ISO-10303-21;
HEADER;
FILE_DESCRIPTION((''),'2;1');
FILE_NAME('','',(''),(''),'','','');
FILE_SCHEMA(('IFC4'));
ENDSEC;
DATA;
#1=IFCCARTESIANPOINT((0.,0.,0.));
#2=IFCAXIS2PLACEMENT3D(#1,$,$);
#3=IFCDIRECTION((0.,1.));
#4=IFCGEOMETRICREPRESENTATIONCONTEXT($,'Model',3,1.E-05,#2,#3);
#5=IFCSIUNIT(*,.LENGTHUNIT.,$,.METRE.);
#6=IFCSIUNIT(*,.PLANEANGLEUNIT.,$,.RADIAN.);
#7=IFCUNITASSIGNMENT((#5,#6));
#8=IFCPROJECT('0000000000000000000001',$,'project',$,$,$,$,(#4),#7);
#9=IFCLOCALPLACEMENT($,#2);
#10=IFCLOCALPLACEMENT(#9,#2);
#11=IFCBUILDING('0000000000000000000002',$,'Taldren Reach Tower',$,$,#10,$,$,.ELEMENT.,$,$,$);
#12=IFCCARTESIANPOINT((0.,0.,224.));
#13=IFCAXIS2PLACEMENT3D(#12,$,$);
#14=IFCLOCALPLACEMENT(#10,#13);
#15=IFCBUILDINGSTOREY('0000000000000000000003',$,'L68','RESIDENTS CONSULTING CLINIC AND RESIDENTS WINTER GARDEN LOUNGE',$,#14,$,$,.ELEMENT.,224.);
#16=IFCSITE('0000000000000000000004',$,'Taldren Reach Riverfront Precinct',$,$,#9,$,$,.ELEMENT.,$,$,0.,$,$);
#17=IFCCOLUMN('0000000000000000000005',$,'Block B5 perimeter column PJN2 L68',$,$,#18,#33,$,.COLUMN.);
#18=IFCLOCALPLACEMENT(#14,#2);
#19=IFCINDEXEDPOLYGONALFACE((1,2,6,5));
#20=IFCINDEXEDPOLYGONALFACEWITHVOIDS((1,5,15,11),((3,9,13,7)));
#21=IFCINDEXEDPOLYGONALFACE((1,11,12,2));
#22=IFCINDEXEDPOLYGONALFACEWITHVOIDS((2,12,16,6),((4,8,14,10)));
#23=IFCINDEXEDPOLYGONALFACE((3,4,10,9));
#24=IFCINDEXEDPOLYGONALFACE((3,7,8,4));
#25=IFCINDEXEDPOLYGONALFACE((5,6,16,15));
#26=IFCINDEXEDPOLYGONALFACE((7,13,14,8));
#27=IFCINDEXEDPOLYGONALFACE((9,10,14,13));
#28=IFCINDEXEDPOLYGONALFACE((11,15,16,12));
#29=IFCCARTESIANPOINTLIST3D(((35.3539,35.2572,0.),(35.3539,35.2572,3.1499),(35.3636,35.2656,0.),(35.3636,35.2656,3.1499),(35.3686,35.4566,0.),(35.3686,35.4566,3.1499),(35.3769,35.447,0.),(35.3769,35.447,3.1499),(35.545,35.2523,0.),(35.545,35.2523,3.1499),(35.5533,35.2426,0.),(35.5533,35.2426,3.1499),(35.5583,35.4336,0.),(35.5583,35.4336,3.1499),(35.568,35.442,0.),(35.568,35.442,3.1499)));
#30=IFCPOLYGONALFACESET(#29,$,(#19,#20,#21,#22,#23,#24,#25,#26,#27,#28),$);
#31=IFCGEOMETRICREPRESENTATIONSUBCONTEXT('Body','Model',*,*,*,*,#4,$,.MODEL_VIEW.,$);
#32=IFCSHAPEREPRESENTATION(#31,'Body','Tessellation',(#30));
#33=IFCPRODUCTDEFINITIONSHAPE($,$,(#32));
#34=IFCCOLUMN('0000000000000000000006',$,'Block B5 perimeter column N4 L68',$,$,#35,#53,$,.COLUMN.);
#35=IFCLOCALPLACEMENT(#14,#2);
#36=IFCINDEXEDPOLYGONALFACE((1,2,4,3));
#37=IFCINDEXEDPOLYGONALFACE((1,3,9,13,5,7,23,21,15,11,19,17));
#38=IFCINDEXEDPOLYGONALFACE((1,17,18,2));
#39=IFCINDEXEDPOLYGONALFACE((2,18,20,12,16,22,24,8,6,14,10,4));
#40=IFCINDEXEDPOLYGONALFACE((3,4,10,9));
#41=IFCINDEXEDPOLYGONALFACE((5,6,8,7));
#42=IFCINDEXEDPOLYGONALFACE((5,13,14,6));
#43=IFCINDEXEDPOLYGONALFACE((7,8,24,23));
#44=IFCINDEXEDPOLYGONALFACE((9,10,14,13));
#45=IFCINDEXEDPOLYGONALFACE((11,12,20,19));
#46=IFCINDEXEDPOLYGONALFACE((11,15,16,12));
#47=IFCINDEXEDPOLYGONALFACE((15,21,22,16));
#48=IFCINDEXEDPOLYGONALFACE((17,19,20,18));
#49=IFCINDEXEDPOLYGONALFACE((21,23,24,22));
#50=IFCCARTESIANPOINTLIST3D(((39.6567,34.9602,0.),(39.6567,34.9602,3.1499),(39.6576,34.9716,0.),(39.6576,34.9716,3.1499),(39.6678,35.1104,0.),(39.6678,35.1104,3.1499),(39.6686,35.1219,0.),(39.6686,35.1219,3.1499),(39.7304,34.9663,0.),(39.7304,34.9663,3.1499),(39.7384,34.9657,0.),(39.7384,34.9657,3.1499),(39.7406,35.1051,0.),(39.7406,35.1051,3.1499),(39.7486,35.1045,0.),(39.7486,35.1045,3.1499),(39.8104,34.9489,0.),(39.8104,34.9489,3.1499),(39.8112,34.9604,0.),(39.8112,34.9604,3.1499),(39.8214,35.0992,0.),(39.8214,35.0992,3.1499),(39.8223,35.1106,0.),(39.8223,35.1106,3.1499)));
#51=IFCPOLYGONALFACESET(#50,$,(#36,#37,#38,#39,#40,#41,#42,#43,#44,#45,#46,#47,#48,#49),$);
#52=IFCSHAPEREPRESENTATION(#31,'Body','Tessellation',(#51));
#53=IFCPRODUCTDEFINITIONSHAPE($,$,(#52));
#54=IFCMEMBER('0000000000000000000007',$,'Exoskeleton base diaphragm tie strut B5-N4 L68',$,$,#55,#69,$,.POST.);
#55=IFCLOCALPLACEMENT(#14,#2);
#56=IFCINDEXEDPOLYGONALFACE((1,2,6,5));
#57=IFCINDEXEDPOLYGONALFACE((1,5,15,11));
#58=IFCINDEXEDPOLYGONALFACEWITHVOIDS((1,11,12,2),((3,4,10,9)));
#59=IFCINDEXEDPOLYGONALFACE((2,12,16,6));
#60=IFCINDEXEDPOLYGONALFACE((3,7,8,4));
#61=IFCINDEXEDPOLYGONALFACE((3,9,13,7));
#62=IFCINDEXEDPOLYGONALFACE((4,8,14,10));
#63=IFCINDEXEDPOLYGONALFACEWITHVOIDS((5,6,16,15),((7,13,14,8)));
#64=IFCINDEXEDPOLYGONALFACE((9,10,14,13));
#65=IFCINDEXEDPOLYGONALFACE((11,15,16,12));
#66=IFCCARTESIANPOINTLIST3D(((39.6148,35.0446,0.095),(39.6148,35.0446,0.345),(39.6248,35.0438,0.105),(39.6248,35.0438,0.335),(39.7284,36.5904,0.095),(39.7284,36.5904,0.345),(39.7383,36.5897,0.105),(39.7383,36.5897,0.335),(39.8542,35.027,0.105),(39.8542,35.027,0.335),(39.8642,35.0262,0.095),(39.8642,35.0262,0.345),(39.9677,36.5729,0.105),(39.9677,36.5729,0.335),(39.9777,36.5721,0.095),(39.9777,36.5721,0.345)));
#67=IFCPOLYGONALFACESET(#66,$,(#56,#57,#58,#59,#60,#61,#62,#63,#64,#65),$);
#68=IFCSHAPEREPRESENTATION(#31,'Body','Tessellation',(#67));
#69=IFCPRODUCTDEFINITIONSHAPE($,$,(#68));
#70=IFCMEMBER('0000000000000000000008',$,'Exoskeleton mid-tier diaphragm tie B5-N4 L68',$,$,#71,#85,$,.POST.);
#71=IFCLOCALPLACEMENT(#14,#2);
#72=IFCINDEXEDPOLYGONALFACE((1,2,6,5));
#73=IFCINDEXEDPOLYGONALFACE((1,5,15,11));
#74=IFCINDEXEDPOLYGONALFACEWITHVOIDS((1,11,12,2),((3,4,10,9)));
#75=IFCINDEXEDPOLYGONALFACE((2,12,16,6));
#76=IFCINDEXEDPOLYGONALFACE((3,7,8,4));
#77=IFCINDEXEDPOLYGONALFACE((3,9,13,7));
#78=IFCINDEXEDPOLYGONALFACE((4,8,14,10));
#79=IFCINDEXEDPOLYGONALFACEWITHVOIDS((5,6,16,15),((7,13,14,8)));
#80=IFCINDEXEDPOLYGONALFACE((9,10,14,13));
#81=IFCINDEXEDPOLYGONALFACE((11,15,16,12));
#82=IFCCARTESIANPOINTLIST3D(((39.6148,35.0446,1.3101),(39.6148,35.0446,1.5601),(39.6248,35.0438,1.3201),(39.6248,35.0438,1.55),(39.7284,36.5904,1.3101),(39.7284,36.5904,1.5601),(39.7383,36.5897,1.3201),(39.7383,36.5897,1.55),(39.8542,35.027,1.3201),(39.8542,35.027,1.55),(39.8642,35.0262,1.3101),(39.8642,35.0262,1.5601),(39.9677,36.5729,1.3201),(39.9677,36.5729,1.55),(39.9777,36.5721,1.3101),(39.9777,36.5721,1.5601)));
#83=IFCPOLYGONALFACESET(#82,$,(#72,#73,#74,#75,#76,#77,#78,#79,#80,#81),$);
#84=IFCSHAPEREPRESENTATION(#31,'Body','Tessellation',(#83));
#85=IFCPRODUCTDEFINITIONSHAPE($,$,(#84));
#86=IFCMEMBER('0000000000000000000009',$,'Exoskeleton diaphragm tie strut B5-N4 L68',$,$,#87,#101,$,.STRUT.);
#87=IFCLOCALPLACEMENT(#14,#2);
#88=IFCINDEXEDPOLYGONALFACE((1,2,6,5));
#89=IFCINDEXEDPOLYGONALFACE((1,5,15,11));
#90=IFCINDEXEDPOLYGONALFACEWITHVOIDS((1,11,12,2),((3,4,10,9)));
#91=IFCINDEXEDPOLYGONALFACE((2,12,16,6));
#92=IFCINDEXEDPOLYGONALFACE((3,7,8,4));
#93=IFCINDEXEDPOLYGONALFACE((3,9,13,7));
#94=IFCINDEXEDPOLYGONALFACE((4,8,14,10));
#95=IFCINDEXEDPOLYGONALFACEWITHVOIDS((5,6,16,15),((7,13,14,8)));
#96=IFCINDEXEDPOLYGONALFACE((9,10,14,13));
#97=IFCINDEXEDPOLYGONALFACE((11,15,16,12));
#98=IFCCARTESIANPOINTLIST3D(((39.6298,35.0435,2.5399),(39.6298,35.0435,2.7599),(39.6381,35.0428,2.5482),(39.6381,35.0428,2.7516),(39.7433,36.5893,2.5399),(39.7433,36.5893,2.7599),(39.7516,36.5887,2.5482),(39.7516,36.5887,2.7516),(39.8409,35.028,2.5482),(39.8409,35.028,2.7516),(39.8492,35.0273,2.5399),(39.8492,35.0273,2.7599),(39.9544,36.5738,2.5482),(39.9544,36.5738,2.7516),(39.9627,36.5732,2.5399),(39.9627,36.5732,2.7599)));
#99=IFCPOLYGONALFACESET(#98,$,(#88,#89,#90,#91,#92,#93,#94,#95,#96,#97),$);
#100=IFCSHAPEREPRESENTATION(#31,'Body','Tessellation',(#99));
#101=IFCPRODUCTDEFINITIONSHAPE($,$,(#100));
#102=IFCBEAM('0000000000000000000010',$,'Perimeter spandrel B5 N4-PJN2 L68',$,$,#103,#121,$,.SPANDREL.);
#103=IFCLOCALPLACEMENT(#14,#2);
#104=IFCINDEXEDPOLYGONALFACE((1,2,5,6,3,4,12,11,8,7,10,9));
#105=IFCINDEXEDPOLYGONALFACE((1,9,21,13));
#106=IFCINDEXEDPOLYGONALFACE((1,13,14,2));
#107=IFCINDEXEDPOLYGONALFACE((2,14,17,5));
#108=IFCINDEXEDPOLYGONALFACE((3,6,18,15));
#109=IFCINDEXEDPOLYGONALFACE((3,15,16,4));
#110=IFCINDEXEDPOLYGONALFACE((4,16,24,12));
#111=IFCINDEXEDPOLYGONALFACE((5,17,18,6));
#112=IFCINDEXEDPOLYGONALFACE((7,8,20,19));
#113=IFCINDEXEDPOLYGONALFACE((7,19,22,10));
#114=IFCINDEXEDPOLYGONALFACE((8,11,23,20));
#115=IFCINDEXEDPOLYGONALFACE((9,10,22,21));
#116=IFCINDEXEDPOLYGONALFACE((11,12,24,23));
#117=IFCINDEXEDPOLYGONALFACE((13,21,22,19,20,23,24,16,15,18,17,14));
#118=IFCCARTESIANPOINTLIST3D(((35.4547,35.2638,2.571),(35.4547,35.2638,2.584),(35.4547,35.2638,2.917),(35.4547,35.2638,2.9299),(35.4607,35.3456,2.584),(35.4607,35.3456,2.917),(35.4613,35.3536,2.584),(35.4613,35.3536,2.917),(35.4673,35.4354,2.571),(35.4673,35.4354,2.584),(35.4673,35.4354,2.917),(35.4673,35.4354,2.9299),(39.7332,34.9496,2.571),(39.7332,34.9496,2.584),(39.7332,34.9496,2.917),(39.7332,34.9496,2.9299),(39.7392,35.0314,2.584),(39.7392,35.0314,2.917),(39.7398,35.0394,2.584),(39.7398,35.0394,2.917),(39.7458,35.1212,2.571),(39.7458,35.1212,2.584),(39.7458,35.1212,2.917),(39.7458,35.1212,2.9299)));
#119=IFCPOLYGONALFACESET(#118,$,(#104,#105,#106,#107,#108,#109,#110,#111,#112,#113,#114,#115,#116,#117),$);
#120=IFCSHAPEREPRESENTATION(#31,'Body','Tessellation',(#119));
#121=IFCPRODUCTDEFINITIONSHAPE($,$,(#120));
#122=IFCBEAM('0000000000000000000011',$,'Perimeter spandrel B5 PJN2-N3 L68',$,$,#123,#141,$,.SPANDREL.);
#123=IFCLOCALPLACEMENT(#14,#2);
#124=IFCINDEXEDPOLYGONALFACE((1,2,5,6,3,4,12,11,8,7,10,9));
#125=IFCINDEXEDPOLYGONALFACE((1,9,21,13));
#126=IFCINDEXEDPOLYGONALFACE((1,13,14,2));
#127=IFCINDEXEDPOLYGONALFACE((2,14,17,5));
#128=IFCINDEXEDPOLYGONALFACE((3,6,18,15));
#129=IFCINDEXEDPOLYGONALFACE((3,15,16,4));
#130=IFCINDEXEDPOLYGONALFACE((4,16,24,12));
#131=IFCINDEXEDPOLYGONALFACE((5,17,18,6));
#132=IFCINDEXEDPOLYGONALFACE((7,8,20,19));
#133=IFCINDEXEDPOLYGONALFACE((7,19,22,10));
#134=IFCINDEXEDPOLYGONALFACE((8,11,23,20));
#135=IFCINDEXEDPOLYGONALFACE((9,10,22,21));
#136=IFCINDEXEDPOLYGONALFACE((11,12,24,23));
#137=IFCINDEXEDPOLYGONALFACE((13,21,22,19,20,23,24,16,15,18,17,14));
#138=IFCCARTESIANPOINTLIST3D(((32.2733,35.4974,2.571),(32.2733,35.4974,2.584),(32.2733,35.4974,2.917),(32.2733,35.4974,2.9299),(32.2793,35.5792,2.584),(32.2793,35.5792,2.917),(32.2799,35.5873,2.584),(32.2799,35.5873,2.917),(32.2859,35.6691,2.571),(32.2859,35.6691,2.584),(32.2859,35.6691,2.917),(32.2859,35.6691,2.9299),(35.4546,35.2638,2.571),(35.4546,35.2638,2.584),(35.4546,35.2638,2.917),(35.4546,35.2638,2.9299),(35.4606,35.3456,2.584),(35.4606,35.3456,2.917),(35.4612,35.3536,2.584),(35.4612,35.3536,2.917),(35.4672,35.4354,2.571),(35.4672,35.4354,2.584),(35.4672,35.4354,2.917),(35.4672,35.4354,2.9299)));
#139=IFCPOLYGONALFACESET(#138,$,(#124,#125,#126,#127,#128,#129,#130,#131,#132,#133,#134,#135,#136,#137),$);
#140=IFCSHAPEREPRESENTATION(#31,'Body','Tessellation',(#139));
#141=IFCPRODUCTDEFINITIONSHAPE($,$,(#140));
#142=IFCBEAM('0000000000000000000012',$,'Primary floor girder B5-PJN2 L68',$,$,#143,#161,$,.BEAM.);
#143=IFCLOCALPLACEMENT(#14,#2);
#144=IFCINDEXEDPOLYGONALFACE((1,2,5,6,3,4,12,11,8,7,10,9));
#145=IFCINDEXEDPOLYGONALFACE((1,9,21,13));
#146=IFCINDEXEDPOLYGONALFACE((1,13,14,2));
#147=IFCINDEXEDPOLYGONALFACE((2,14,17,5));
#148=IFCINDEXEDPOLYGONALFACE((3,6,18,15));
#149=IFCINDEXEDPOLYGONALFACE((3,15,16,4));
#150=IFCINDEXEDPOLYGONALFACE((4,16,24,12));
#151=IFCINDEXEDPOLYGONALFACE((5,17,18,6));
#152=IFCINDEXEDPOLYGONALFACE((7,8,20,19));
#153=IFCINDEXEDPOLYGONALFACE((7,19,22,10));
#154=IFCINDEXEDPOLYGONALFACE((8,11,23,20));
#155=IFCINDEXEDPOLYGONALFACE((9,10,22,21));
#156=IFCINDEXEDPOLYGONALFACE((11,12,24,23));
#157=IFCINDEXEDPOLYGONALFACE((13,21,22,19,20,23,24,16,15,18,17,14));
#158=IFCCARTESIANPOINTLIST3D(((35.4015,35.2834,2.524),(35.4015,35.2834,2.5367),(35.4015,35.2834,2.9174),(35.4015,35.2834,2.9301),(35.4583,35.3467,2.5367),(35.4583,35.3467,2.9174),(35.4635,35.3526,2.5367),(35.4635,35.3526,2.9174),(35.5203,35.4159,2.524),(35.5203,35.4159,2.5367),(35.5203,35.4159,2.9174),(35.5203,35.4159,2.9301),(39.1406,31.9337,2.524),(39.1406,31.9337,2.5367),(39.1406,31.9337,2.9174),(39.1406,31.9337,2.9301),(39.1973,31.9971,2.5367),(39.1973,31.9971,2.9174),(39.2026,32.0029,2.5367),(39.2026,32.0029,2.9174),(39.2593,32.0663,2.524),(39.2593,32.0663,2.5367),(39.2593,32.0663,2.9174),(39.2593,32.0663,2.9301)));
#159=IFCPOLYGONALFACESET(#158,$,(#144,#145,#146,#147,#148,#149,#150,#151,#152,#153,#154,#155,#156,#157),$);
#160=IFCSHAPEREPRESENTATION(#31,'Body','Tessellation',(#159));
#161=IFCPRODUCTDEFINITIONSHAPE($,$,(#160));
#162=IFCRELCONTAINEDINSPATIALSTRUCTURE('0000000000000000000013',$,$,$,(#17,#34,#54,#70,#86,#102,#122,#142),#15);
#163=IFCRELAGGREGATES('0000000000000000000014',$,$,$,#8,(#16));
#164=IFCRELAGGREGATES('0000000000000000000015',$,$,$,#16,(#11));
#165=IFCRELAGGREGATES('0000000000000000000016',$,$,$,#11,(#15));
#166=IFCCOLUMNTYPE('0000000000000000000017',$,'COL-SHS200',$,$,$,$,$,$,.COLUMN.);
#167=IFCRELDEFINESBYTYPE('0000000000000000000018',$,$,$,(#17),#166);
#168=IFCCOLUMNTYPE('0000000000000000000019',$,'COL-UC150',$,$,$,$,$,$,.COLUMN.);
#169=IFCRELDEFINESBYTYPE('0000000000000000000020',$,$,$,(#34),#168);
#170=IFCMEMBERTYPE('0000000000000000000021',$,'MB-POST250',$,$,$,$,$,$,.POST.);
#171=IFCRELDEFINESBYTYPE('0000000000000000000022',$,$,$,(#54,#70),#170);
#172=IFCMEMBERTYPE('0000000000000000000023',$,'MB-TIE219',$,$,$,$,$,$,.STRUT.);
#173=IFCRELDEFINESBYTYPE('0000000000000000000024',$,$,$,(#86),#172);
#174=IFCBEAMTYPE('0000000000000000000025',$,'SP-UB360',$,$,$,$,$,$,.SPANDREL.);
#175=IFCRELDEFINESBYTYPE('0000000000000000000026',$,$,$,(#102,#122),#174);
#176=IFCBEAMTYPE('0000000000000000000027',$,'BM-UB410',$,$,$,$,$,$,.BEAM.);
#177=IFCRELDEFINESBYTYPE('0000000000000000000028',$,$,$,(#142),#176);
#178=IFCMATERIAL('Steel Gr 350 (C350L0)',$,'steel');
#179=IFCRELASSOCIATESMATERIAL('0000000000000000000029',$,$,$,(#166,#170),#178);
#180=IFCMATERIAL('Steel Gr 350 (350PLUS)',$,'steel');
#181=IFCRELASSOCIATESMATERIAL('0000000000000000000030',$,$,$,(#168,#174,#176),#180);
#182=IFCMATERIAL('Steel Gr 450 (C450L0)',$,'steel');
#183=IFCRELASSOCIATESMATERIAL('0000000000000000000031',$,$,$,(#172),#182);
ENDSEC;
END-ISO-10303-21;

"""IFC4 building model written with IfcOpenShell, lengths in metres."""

from ifc_helpers import new_model, si_unit, direction, frame, origin, origin_2d, place, context, subcontext, project, spatial, hollow_rectangle, i_section, extrude, source, transform, mapped, material, material_profile, profile_set, type_object, element, save


model = new_model("IFC4")

# Units and contexts
model_context = context("Model", 3, precision=1e-05, world=origin(), true_north=direction((0.0, 1.0)))
body_context = subcontext(model_context, "Body", "Model", "MODEL_VIEW")
ifc_project = project(units=[si_unit("LENGTHUNIT", "METRE"), si_unit("PLANEANGLEUNIT", "RADIAN")], contexts=[model_context])

# Site, building, storey
site_placement = place(None, origin())
site = spatial("IfcSite", under=ifc_project, at=site_placement, Name="Taldren Reach Riverfront Precinct", CompositionType="ELEMENT", RefElevation=0.0)
building_placement = place(site_placement, origin())
building = spatial("IfcBuilding", under=site, at=building_placement, Name="Taldren Reach Tower", CompositionType="ELEMENT")
storey_placement = place(building_placement, frame((0.0, 0.0, 224.0)))
storey = spatial("IfcBuildingStorey", under=building, at=storey_placement, Name="L68", Description="RESIDENTS CONSULTING CLINIC AND RESIDENTS WINTER GARDEN LOUNGE", CompositionType="ELEMENT", Elevation=224.0)

# Columns
ifc_material_1 = material(Name="Steel Gr 350 (C350L0)", Category="steel")
ifc_material_profile_1 = material_profile(ifc_material_1, hollow_rectangle(XDim=0.2, YDim=0.2, WallThickness=0.009, at=origin_2d()), Name="200x200x9.0SHS")
ifc_profile_set_1 = profile_set([ifc_material_profile_1], Name="Steel Gr 350 (C350L0)")
column_type_1 = type_object("IfcColumnType", Name="COL-SHS200", PredefinedType="COLUMN", material=ifc_profile_set_1)
shared_shape_1 = source(origin(), body_context, "Body", "SweptSolid", [
    extrude(hollow_rectangle(XDim=0.2, YDim=0.2, WallThickness=0.009, at=origin_2d()), origin(), (0.0, 0.0, 1.0), 3.1499),
])
column_1_placement = place(storey_placement, frame((35.4609, 35.3496, 0.0), z_axis=(0.0, 0.0, 1.0), x_axis=(0.997314, -0.073238, 0.0)))
element("IfcColumn", 1, at=column_1_placement, inside=storey, type_object=column_type_1, Name="Block B5 perimeter column PJN2 L68", PredefinedType="COLUMN", context=body_context, shape_type="MappedRepresentation", body=[
    mapped(shared_shape_1, transform((0.0, 0.0, 0.0), scale=1.0)),
])
ifc_material_2 = material(Name="Steel Gr 350 (350PLUS)", Category="steel")
ifc_material_profile_2 = material_profile(ifc_material_2, i_section(OverallWidth=0.1541, OverallDepth=0.1621, WebThickness=0.0081, FlangeThickness=0.0115, at=origin_2d()), Name="150UC37.2")
ifc_profile_set_2 = profile_set([ifc_material_profile_2], Name="Steel Gr 350 (350PLUS)")
column_type_2 = type_object("IfcColumnType", Name="COL-UC150", PredefinedType="COLUMN", material=ifc_profile_set_2)
shared_shape_2 = source(origin(), body_context, "Body", "SweptSolid", [
    extrude(i_section(OverallWidth=0.1541, OverallDepth=0.1621, WebThickness=0.0081, FlangeThickness=0.0115, at=origin_2d()), origin(), (0.0, 0.0, 1.0), 3.1499),
])
column_2_placement = place(storey_placement, frame((39.7395, 35.0354, 0.0), z_axis=(0.0, 0.0, 1.0), x_axis=(0.997314, -0.073238, 0.0)))
element("IfcColumn", 2, at=column_2_placement, inside=storey, type_object=column_type_2, Name="Block B5 perimeter column N4 L68", PredefinedType="COLUMN", context=body_context, shape_type="MappedRepresentation", body=[
    mapped(shared_shape_2, transform((0.0, 0.0, 0.0), scale=1.0)),
])

# Members
ifc_material_profile_3 = material_profile(ifc_material_1, hollow_rectangle(XDim=0.25, YDim=0.25, WallThickness=0.01, at=origin_2d()), Name="250x250x10.0SHS")
ifc_profile_set_3 = profile_set([ifc_material_profile_3], Name="Steel Gr 350 (C350L0)")
member_type_1 = type_object("IfcMemberType", Name="MB-POST250", PredefinedType="POST", material=ifc_profile_set_3)
shared_shape_3 = source(origin(), body_context, "Body", "SweptSolid", [
    extrude(hollow_rectangle(XDim=0.25, YDim=0.25, WallThickness=0.01, at=origin_2d()), origin(), (0.0, 0.0, 1.0), 1.55),
])
for number, where, z_axis, x_axis, name in (
    (3, (39.7395, 35.0354, 0.22), (0.073239, 0.997314, 0.0), (-0.997314, 0.073239, 0.0), "Exoskeleton base diaphragm tie strut B5-N4 L68"),
    (4, (39.7395, 35.0354, 1.4351), (0.073239, 0.997314, 0.0), (-0.997314, 0.073239, 0.0), "Exoskeleton mid-tier diaphragm tie B5-N4 L68"),
):
    element("IfcMember", number, at=place(storey_placement, frame(where, z_axis=z_axis, x_axis=x_axis)), inside=storey, type_object=member_type_1, Name=name, PredefinedType="POST", context=body_context, shape_type="MappedRepresentation", body=[
        mapped(shared_shape_3, transform((0.0, 0.0, 0.0), scale=1.0)),
    ])
ifc_material_3 = material(Name="Steel Gr 450 (C450L0)", Category="steel")
ifc_material_profile_4 = material_profile(ifc_material_3, hollow_rectangle(XDim=0.22, YDim=0.22, WallThickness=0.0083, at=origin_2d()), Name="220x220x8.2SHS")
ifc_profile_set_4 = profile_set([ifc_material_profile_4], Name="Steel Gr 450 (C450L0)")
member_type_2 = type_object("IfcMemberType", Name="MB-TIE219", PredefinedType="STRUT", material=ifc_profile_set_4)
shared_shape_4 = source(origin(), body_context, "Body", "SweptSolid", [
    extrude(hollow_rectangle(XDim=0.22, YDim=0.22, WallThickness=0.0083, at=origin_2d()), origin(), (0.0, 0.0, 1.0), 1.55),
])
member_1_placement = place(storey_placement, frame((39.7395, 35.0354, 2.6499), z_axis=(0.073239, 0.997314, 0.0), x_axis=(-0.997314, 0.073239, 0.0)))
element("IfcMember", 5, at=member_1_placement, inside=storey, type_object=member_type_2, Name="Exoskeleton diaphragm tie strut B5-N4 L68", PredefinedType="STRUT", context=body_context, shape_type="MappedRepresentation", body=[
    mapped(shared_shape_4, transform((0.0, 0.0, 0.0), scale=1.0)),
])

# Beams
ifc_material_profile_5 = material_profile(ifc_material_2, i_section(OverallWidth=0.1721, OverallDepth=0.3589, WebThickness=0.0081, FlangeThickness=0.0129, at=origin_2d()), Name="360UB56.7")
ifc_profile_set_5 = profile_set([ifc_material_profile_5], Name="Steel Gr 350 (350PLUS)")
beam_type_1 = type_object("IfcBeamType", Name="SP-UB360", PredefinedType="SPANDREL", material=ifc_profile_set_5)
shared_shape_5 = source(origin(), body_context, "Body", "SweptSolid", [
    extrude(i_section(OverallWidth=0.1721, OverallDepth=0.3589, WebThickness=0.0081, FlangeThickness=0.0129, at=origin_2d()), origin(), (0.0, 0.0, 1.0), 4.29),
])
beam_1_placement = place(storey_placement, frame((39.7395, 35.0354, 2.7505), z_axis=(-0.997314, 0.073241, 0.0), x_axis=(-0.073241, -0.997314, 0.0)))
element("IfcBeam", 6, at=beam_1_placement, inside=storey, type_object=beam_type_1, Name="Perimeter spandrel B5 N4-PJN2 L68", PredefinedType="SPANDREL", context=body_context, shape_type="MappedRepresentation", body=[
    mapped(shared_shape_5, transform((0.0, 0.0, 0.0), scale=1.0)),
])
shared_shape_6 = source(origin(), body_context, "Body", "SweptSolid", [
    extrude(i_section(OverallWidth=0.1721, OverallDepth=0.3589, WebThickness=0.0081, FlangeThickness=0.0129, at=origin_2d()), origin(), (0.0, 0.0, 1.0), 3.1899),
])
beam_2_placement = place(storey_placement, frame((35.4609, 35.3496, 2.7505), z_axis=(-0.997314, 0.073243, 0.0), x_axis=(-0.073243, -0.997314, 0.0)))
element("IfcBeam", 7, at=beam_2_placement, inside=storey, type_object=beam_type_1, Name="Perimeter spandrel B5 PJN2-N3 L68", PredefinedType="SPANDREL", context=body_context, shape_type="MappedRepresentation", body=[
    mapped(shared_shape_6, transform((0.0, 0.0, 0.0), scale=1.0)),
])
ifc_material_profile_6 = material_profile(ifc_material_2, i_section(OverallWidth=0.178, OverallDepth=0.406, WebThickness=0.0078, FlangeThickness=0.0127, at=origin_2d()), Name="410UB59.7")
ifc_profile_set_6 = profile_set([ifc_material_profile_6], Name="Steel Gr 350 (350PLUS)")
beam_type_2 = type_object("IfcBeamType", Name="BM-UB410", PredefinedType="BEAM", material=ifc_profile_set_6)
shared_shape_7 = source(origin(), body_context, "Body", "SweptSolid", [
    extrude(i_section(OverallWidth=0.178, OverallDepth=0.406, WebThickness=0.0078, FlangeThickness=0.0127, at=origin_2d()), origin(), (0.0, 0.0, 1.0), 5.02),
])
beam_3_placement = place(storey_placement, frame((39.2, 32.0, 2.7271), z_axis=(-0.744828, 0.667257, 0.0), x_axis=(-0.667257, -0.744828, 0.0)))
element("IfcBeam", 8, at=beam_3_placement, inside=storey, type_object=beam_type_2, Name="Primary floor girder B5-PJN2 L68", PredefinedType="BEAM", context=body_context, shape_type="MappedRepresentation", body=[
    mapped(shared_shape_7, transform((0.0, 0.0, 0.0), scale=1.0)),
])

save(model, "model.ifc")
